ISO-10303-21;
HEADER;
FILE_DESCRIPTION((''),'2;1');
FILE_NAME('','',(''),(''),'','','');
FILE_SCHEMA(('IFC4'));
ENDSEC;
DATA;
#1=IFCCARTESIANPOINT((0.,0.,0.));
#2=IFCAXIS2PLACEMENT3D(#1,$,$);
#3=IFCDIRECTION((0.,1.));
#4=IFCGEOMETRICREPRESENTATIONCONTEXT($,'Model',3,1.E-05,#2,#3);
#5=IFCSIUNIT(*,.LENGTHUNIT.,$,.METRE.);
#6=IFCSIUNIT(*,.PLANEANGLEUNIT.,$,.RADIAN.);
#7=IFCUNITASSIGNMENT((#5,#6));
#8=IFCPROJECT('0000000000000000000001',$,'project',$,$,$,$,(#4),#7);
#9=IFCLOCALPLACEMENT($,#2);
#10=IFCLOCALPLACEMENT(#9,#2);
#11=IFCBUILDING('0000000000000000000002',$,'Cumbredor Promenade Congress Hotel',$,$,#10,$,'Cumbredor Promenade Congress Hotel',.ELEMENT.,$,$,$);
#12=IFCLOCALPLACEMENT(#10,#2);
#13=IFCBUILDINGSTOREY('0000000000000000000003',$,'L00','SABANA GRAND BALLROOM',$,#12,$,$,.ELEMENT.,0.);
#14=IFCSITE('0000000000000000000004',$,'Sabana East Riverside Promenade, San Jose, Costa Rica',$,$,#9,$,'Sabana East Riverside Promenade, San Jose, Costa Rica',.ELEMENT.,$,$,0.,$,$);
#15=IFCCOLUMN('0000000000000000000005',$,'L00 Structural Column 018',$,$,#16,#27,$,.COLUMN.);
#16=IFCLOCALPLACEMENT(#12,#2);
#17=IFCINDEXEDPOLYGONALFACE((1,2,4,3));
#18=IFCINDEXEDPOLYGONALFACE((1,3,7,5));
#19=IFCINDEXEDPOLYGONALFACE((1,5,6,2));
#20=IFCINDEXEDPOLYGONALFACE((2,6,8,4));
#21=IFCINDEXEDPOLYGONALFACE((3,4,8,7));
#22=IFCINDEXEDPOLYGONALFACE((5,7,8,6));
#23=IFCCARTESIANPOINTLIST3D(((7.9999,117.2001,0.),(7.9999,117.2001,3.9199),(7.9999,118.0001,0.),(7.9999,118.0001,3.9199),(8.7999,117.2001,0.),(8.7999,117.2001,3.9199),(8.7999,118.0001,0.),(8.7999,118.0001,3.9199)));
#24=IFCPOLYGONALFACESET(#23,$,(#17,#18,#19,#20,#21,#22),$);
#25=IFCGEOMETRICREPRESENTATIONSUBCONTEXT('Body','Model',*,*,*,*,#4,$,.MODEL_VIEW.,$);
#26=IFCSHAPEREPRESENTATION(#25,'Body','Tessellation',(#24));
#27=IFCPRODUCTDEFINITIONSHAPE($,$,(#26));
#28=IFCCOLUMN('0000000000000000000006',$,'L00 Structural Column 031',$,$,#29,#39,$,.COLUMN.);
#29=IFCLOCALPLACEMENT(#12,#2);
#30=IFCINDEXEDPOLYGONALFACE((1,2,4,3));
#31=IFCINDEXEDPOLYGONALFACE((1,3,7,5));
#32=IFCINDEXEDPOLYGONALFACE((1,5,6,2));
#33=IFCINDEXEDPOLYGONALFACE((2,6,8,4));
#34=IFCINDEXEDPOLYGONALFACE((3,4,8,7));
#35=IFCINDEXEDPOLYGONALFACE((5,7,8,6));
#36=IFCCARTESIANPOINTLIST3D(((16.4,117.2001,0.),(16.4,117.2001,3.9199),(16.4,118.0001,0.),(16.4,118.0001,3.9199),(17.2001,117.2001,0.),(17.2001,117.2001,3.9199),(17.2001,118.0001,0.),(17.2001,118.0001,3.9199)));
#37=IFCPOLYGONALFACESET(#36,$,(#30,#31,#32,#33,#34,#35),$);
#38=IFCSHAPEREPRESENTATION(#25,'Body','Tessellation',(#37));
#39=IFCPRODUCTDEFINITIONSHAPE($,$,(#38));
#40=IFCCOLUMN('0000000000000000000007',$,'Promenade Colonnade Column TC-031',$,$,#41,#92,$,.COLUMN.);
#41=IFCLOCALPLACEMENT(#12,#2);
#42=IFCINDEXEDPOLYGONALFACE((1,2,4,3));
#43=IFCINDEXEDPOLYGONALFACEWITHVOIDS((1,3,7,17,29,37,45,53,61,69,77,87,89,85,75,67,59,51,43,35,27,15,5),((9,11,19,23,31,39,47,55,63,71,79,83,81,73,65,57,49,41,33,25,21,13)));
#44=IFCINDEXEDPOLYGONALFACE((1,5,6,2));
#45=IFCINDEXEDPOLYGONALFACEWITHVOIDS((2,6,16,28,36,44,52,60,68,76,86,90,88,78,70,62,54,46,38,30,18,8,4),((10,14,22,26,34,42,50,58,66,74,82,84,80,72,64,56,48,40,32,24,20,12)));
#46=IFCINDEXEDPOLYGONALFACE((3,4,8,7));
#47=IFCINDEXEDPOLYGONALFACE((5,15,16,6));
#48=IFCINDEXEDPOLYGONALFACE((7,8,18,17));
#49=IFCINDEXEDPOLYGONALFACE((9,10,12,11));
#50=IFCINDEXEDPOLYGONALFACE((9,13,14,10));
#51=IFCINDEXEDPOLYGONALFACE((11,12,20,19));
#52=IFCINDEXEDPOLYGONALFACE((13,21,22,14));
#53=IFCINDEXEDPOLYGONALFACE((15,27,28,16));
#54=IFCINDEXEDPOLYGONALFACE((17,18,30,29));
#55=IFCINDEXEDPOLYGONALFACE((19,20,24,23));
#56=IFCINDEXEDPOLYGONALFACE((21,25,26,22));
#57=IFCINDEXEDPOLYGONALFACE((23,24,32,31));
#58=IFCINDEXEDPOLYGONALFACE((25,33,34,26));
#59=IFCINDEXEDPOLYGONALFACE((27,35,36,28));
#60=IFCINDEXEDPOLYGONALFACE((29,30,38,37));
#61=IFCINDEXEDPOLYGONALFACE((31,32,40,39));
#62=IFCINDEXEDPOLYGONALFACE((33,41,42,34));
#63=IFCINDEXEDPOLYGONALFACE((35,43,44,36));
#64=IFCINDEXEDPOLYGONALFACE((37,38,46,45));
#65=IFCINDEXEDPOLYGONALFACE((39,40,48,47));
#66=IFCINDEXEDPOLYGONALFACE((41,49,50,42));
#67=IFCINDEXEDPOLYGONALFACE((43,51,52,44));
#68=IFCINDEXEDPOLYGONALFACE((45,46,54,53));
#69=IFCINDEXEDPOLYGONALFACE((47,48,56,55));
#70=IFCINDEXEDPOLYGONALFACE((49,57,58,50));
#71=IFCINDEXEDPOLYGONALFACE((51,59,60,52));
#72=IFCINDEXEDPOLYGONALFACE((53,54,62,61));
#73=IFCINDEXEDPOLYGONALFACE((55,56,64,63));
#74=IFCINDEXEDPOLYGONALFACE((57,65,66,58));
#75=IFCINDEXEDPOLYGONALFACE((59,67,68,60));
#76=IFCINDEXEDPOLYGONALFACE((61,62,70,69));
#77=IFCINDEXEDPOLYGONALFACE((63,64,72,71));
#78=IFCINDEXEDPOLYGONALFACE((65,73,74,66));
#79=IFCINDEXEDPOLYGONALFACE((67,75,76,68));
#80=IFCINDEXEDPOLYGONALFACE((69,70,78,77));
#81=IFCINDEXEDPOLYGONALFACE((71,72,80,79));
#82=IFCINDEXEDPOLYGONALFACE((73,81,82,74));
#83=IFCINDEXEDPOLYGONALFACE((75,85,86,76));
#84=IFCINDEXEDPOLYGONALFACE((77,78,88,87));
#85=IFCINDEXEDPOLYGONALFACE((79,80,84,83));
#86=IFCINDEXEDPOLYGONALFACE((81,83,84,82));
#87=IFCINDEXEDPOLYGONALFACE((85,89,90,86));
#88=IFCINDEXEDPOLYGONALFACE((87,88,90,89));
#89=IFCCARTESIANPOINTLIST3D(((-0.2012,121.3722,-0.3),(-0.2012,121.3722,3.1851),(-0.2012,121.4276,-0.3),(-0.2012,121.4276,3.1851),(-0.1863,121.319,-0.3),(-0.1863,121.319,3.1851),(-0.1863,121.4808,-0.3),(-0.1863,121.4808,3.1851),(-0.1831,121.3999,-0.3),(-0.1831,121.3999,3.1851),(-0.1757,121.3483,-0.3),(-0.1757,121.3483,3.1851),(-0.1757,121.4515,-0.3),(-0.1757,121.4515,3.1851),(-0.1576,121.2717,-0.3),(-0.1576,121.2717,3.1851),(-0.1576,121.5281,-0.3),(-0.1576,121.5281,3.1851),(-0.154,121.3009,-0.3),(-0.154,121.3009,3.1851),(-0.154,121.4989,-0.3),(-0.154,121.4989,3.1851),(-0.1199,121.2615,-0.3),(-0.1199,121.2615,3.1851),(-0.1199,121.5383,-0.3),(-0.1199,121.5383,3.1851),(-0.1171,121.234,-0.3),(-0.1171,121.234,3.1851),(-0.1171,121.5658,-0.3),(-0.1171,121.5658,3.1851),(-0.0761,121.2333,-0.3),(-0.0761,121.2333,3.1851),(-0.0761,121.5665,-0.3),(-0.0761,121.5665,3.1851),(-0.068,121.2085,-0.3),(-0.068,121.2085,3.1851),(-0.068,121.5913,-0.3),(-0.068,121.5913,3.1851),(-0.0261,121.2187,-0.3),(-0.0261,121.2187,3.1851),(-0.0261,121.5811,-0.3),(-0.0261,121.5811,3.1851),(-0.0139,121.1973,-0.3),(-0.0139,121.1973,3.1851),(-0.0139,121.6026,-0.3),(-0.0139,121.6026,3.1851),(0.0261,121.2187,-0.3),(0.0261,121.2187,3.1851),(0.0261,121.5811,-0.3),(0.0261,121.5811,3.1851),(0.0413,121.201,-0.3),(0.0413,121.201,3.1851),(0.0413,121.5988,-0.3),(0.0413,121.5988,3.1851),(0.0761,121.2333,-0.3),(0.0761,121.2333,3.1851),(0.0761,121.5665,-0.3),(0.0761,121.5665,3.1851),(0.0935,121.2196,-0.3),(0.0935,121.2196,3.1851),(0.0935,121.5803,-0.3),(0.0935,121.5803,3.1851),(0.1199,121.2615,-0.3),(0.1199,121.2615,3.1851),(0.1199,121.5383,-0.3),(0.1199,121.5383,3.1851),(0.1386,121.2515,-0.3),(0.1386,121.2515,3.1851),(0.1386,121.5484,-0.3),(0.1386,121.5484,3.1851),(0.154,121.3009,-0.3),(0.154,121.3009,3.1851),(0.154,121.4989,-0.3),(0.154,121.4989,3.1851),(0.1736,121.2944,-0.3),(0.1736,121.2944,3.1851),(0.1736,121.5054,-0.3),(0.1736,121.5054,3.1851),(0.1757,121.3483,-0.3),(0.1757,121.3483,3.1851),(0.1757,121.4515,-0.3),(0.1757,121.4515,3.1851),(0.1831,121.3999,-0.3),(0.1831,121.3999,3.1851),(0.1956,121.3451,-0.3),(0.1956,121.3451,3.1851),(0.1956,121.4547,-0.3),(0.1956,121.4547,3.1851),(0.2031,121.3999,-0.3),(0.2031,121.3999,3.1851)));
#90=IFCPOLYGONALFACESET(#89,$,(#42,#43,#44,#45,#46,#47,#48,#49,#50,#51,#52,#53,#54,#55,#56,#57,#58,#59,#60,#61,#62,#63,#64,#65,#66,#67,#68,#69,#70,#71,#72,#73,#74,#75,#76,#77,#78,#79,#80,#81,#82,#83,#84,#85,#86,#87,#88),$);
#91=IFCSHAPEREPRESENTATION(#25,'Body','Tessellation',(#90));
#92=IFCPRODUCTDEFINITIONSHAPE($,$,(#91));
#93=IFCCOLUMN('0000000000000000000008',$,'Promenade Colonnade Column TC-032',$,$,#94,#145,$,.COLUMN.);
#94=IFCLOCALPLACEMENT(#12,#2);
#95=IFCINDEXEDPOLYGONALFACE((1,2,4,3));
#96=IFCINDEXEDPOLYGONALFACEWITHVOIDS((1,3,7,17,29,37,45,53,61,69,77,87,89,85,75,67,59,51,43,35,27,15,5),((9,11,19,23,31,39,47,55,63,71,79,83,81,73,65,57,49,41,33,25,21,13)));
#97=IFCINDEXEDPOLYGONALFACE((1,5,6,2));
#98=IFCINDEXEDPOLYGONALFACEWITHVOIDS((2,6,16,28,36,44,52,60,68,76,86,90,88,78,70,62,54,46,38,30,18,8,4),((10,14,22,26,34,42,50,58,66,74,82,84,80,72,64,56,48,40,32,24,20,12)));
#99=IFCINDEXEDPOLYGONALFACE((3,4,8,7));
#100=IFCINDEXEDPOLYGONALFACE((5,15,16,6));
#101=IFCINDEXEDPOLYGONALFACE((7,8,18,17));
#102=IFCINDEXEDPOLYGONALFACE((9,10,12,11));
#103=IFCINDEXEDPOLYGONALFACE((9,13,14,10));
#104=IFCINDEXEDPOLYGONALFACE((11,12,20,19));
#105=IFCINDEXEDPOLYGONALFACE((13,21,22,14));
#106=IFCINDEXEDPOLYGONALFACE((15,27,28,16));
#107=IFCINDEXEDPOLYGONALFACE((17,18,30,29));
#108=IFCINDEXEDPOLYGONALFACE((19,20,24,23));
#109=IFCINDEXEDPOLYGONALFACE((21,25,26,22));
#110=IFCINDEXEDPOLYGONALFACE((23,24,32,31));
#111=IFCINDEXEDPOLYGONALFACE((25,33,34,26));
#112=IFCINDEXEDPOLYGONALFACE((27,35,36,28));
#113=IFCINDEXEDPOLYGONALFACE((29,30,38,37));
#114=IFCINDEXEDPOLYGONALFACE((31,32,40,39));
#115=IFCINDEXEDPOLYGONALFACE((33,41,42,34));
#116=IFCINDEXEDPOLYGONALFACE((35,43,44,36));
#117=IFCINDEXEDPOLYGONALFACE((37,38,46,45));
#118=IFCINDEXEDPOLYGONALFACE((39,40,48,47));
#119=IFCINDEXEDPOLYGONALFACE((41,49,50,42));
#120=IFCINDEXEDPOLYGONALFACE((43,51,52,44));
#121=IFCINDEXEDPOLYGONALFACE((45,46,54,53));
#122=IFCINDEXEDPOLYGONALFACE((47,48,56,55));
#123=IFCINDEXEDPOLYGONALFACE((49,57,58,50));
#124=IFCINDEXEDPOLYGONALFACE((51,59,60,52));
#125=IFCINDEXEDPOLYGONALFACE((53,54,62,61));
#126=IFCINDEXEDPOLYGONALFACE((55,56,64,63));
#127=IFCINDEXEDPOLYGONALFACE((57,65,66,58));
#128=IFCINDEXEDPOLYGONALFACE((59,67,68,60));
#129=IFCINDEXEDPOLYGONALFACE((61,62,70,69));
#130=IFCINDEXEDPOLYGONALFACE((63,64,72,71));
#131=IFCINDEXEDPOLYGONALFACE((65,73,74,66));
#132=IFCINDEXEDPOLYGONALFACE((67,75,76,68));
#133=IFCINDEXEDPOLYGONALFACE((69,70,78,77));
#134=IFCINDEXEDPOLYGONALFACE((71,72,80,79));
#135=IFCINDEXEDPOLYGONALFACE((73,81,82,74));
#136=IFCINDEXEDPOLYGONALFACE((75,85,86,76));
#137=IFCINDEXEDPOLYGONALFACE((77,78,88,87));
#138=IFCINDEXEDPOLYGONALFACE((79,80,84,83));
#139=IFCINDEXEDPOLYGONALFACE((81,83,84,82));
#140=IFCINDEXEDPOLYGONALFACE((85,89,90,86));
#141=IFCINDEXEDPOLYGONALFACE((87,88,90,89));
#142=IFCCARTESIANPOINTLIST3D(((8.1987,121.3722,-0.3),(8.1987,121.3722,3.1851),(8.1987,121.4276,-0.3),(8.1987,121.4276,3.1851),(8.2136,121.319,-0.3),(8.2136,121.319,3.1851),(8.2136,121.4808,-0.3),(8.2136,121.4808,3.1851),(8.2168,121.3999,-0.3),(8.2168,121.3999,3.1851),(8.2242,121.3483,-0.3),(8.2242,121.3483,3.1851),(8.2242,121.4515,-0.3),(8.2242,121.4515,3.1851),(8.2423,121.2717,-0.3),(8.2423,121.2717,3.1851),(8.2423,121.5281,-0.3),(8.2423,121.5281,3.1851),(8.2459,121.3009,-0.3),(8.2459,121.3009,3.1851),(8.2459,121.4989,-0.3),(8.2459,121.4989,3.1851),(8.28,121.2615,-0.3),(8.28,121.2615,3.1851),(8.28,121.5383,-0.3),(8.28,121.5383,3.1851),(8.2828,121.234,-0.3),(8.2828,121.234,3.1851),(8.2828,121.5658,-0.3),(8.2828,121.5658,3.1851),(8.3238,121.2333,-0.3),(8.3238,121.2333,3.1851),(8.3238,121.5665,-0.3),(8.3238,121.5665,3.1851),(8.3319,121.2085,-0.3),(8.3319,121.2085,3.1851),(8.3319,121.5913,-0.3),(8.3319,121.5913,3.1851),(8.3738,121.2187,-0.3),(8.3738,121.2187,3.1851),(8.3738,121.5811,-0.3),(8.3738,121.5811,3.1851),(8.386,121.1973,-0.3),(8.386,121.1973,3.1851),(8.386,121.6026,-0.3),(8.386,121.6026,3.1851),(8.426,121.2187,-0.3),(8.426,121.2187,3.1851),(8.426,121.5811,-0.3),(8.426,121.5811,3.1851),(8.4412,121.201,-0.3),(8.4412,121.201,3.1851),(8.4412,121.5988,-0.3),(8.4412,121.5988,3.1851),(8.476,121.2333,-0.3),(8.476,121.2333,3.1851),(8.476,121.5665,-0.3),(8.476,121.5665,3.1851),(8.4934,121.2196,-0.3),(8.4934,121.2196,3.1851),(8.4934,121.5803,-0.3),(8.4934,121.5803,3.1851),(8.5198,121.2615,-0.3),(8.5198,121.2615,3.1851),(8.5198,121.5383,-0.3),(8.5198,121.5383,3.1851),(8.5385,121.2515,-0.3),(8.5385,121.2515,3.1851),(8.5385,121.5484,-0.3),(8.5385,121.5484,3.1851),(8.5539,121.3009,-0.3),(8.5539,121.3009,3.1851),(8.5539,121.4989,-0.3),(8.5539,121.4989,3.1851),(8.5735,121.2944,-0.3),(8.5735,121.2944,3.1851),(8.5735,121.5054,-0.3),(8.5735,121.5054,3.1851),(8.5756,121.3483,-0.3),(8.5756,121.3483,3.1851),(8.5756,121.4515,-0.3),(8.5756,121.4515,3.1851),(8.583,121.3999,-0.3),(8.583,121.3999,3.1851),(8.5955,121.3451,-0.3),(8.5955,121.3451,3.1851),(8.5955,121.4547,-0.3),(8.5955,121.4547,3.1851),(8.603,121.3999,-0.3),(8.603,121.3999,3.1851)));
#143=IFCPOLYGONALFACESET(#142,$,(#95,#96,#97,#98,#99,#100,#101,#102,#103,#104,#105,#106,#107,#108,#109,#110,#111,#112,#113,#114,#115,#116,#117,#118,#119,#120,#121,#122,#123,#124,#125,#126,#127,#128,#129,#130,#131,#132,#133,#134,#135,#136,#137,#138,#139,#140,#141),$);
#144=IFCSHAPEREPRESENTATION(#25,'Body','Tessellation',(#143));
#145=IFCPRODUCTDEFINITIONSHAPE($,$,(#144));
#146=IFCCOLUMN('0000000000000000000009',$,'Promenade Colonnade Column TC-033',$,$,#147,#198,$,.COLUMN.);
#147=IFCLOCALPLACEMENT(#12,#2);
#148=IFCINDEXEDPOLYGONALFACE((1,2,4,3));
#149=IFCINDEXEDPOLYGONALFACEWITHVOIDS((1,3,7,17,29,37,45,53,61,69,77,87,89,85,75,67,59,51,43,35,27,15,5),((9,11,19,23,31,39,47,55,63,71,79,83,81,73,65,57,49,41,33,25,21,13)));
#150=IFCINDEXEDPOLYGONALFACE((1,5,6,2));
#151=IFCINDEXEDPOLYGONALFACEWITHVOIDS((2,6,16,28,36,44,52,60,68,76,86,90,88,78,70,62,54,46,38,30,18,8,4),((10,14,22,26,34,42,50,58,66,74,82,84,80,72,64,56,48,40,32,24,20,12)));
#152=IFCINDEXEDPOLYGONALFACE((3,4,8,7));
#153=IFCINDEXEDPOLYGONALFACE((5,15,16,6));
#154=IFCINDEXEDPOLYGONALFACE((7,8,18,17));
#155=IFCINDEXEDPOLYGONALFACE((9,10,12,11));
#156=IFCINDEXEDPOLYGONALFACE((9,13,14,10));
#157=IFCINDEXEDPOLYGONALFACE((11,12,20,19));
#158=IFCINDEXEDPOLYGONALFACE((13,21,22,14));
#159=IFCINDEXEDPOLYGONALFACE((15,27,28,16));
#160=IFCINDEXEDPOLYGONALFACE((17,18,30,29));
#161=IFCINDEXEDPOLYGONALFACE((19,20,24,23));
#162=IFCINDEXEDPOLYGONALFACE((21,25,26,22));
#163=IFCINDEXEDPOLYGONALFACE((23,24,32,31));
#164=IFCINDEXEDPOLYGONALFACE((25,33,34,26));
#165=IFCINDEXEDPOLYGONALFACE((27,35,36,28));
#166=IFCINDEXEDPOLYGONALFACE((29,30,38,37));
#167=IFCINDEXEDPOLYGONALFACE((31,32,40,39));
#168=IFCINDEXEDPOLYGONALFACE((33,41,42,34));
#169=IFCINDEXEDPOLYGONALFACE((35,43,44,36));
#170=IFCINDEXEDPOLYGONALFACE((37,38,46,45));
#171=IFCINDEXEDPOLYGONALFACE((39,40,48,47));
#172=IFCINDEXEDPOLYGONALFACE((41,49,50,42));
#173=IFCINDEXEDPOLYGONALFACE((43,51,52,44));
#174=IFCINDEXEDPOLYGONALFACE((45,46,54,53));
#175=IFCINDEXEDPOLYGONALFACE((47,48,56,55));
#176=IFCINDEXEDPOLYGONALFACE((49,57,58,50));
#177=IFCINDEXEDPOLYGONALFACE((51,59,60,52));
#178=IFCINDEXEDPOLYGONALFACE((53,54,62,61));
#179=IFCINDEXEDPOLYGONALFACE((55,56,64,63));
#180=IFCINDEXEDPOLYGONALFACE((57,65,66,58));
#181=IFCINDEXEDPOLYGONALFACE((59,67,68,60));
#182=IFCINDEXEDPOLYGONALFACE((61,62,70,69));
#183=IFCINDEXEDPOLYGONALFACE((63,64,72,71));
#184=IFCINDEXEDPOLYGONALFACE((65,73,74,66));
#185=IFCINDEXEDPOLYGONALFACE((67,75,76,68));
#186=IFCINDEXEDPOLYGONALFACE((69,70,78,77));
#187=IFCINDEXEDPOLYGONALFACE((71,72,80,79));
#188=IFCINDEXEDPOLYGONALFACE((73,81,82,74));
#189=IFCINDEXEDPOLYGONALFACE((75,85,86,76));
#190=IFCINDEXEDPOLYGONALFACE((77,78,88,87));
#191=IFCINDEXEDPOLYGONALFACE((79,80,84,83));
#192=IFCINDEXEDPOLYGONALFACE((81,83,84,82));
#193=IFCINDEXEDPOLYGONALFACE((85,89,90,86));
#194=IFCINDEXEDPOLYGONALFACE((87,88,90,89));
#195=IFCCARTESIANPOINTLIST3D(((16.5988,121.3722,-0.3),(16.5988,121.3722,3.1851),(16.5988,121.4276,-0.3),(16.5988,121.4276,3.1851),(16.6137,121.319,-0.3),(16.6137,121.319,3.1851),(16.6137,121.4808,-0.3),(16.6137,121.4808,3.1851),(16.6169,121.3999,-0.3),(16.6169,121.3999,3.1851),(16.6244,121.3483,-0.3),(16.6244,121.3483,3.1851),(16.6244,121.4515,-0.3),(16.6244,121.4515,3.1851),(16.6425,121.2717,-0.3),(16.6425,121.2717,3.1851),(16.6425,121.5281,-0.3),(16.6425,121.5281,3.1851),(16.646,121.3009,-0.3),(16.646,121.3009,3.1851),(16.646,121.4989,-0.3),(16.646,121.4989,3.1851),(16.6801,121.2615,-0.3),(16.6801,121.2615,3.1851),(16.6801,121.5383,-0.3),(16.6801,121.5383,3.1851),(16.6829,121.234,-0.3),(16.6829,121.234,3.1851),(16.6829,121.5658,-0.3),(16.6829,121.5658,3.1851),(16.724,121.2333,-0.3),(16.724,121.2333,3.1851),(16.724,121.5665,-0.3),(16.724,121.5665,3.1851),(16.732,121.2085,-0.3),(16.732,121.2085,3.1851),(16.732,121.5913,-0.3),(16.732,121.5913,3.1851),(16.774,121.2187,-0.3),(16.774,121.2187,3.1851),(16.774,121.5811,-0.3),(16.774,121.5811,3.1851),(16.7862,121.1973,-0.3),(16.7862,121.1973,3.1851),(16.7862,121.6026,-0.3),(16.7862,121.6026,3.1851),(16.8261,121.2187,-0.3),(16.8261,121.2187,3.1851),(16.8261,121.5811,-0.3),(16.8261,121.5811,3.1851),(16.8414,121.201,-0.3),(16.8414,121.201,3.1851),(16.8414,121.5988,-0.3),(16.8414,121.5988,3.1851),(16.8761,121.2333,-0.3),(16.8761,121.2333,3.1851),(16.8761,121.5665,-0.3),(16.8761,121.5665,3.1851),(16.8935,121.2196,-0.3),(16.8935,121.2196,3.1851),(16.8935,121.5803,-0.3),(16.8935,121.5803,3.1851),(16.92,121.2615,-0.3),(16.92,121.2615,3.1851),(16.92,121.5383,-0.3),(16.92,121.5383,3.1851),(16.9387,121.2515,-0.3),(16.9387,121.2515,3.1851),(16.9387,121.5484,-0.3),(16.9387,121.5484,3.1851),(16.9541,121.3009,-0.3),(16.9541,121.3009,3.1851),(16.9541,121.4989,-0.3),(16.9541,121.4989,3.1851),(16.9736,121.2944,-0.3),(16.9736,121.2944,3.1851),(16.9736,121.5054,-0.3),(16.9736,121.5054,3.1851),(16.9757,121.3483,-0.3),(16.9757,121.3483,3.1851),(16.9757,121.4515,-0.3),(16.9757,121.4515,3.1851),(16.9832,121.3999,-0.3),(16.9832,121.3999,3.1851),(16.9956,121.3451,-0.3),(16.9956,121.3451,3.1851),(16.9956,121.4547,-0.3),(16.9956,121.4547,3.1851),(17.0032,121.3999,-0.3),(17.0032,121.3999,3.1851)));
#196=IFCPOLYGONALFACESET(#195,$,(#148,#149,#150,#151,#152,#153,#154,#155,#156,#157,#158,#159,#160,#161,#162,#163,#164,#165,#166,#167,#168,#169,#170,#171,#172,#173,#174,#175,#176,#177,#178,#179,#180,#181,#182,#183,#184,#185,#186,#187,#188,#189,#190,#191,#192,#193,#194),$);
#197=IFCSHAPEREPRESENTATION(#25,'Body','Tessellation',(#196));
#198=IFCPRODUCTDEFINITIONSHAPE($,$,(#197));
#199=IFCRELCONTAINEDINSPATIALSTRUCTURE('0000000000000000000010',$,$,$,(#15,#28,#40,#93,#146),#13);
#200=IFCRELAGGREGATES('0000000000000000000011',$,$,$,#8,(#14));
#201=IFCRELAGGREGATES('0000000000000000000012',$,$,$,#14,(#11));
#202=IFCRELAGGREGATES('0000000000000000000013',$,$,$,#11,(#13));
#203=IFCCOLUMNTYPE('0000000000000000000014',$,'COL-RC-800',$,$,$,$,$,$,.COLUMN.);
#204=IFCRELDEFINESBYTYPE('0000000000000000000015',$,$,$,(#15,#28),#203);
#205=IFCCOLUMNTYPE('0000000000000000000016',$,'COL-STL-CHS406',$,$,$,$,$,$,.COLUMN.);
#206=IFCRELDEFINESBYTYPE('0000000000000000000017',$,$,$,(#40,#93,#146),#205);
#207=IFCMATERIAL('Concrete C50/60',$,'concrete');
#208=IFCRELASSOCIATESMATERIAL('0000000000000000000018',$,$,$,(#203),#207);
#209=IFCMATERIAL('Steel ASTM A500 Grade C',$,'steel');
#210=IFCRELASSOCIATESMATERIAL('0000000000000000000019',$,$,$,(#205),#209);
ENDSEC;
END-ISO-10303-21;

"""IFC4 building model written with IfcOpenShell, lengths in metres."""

from ifc_helpers import new_model, si_unit, direction, frame, origin, origin_2d, place, context, subcontext, project, spatial, rectangle, hollow_circle, extrude, material, material_profile, profile_set, type_object, element, save


model = new_model("IFC4")

# Units and contexts
model_context = context("Model", 3, precision=1e-05, world=origin(), true_north=direction((0.0, 1.0)))
body_context = subcontext(model_context, "Body", "Model", "MODEL_VIEW")
ifc_project = project(units=[si_unit("LENGTHUNIT", "METRE"), si_unit("PLANEANGLEUNIT", "RADIAN")], contexts=[model_context])

# Site, building, storey
site_placement = place(None, origin())
site = spatial("IfcSite", under=ifc_project, at=site_placement, Name="Sabana East Riverside Promenade, San Jose, Costa Rica", LongName="Sabana East Riverside Promenade, San Jose, Costa Rica", CompositionType="ELEMENT", RefElevation=0.0)
building_placement = place(site_placement, origin())
building = spatial("IfcBuilding", under=site, at=building_placement, Name="Cumbredor Promenade Congress Hotel", LongName="Cumbredor Promenade Congress Hotel", CompositionType="ELEMENT")
storey_placement = place(building_placement, origin())
storey = spatial("IfcBuildingStorey", under=building, at=storey_placement, Name="L00", Description="SABANA GRAND BALLROOM", CompositionType="ELEMENT", Elevation=0.0)

# Columns
ifc_material_1 = material(Name="Concrete C50/60", Category="concrete")
ifc_material_profile_1 = material_profile(ifc_material_1, rectangle(XDim=0.8, YDim=0.8, at=origin_2d()), Name="RC 800x800")
ifc_profile_set_1 = profile_set([ifc_material_profile_1], Name="Concrete C50/60")
column_type_1 = type_object("IfcColumnType", Name="COL-RC-800", PredefinedType="COLUMN", material=ifc_profile_set_1)
for number, where, z_axis, x_axis, name in (
    (1, (8.3999, 117.6001, 0.0), (0.0, 0.0, 1.0), (1.0, 0.0, 0.0), "L00 Structural Column 018"),
    (2, (16.8, 117.6001, 0.0), (0.0, 0.0, 1.0), (1.0, 0.0, 0.0), "L00 Structural Column 031"),
):
    element("IfcColumn", number, at=place(storey_placement, frame(where, z_axis=z_axis, x_axis=x_axis)), inside=storey, type_object=column_type_1, Name=name, PredefinedType="COLUMN", context=body_context, shape_type="SweptSolid", body=[
        extrude(rectangle(XDim=0.8, YDim=0.8, at=origin_2d()), origin(), (0.0, 0.0, 1.0), 3.9199),
    ])
ifc_material_2 = material(Name="Steel ASTM A500 Grade C", Category="steel")
ifc_material_profile_2 = material_profile(ifc_material_2, hollow_circle(Radius=0.2031, WallThickness=0.02, at=origin_2d()), Name="CHS 406.4x20")
ifc_profile_set_2 = profile_set([ifc_material_profile_2], Name="Steel ASTM A500 Grade C")
column_type_2 = type_object("IfcColumnType", Name="COL-STL-CHS406", PredefinedType="COLUMN", material=ifc_profile_set_2)
for number, where, z_axis, x_axis, name in (
    (3, (0.0, 121.3999, -0.3), (0.0, 0.0, 1.0), (1.0, 0.0, 0.0), "Promenade Colonnade Column TC-031"),
    (4, (8.3999, 121.3999, -0.3), (0.0, 0.0, 1.0), (1.0, 0.0, 0.0), "Promenade Colonnade Column TC-032"),
    (5, (16.8, 121.3999, -0.3), (0.0, 0.0, 1.0), (1.0, 0.0, 0.0), "Promenade Colonnade Column TC-033"),
):
    element("IfcColumn", number, at=place(storey_placement, frame(where, z_axis=z_axis, x_axis=x_axis)), inside=storey, type_object=column_type_2, Name=name, PredefinedType="COLUMN", context=body_context, shape_type="SweptSolid", body=[
        extrude(hollow_circle(Radius=0.2031, WallThickness=0.02, at=origin_2d()), origin(), (0.0, 0.0, 1.0), 3.4851),
    ])

save(model, "model.ifc")
